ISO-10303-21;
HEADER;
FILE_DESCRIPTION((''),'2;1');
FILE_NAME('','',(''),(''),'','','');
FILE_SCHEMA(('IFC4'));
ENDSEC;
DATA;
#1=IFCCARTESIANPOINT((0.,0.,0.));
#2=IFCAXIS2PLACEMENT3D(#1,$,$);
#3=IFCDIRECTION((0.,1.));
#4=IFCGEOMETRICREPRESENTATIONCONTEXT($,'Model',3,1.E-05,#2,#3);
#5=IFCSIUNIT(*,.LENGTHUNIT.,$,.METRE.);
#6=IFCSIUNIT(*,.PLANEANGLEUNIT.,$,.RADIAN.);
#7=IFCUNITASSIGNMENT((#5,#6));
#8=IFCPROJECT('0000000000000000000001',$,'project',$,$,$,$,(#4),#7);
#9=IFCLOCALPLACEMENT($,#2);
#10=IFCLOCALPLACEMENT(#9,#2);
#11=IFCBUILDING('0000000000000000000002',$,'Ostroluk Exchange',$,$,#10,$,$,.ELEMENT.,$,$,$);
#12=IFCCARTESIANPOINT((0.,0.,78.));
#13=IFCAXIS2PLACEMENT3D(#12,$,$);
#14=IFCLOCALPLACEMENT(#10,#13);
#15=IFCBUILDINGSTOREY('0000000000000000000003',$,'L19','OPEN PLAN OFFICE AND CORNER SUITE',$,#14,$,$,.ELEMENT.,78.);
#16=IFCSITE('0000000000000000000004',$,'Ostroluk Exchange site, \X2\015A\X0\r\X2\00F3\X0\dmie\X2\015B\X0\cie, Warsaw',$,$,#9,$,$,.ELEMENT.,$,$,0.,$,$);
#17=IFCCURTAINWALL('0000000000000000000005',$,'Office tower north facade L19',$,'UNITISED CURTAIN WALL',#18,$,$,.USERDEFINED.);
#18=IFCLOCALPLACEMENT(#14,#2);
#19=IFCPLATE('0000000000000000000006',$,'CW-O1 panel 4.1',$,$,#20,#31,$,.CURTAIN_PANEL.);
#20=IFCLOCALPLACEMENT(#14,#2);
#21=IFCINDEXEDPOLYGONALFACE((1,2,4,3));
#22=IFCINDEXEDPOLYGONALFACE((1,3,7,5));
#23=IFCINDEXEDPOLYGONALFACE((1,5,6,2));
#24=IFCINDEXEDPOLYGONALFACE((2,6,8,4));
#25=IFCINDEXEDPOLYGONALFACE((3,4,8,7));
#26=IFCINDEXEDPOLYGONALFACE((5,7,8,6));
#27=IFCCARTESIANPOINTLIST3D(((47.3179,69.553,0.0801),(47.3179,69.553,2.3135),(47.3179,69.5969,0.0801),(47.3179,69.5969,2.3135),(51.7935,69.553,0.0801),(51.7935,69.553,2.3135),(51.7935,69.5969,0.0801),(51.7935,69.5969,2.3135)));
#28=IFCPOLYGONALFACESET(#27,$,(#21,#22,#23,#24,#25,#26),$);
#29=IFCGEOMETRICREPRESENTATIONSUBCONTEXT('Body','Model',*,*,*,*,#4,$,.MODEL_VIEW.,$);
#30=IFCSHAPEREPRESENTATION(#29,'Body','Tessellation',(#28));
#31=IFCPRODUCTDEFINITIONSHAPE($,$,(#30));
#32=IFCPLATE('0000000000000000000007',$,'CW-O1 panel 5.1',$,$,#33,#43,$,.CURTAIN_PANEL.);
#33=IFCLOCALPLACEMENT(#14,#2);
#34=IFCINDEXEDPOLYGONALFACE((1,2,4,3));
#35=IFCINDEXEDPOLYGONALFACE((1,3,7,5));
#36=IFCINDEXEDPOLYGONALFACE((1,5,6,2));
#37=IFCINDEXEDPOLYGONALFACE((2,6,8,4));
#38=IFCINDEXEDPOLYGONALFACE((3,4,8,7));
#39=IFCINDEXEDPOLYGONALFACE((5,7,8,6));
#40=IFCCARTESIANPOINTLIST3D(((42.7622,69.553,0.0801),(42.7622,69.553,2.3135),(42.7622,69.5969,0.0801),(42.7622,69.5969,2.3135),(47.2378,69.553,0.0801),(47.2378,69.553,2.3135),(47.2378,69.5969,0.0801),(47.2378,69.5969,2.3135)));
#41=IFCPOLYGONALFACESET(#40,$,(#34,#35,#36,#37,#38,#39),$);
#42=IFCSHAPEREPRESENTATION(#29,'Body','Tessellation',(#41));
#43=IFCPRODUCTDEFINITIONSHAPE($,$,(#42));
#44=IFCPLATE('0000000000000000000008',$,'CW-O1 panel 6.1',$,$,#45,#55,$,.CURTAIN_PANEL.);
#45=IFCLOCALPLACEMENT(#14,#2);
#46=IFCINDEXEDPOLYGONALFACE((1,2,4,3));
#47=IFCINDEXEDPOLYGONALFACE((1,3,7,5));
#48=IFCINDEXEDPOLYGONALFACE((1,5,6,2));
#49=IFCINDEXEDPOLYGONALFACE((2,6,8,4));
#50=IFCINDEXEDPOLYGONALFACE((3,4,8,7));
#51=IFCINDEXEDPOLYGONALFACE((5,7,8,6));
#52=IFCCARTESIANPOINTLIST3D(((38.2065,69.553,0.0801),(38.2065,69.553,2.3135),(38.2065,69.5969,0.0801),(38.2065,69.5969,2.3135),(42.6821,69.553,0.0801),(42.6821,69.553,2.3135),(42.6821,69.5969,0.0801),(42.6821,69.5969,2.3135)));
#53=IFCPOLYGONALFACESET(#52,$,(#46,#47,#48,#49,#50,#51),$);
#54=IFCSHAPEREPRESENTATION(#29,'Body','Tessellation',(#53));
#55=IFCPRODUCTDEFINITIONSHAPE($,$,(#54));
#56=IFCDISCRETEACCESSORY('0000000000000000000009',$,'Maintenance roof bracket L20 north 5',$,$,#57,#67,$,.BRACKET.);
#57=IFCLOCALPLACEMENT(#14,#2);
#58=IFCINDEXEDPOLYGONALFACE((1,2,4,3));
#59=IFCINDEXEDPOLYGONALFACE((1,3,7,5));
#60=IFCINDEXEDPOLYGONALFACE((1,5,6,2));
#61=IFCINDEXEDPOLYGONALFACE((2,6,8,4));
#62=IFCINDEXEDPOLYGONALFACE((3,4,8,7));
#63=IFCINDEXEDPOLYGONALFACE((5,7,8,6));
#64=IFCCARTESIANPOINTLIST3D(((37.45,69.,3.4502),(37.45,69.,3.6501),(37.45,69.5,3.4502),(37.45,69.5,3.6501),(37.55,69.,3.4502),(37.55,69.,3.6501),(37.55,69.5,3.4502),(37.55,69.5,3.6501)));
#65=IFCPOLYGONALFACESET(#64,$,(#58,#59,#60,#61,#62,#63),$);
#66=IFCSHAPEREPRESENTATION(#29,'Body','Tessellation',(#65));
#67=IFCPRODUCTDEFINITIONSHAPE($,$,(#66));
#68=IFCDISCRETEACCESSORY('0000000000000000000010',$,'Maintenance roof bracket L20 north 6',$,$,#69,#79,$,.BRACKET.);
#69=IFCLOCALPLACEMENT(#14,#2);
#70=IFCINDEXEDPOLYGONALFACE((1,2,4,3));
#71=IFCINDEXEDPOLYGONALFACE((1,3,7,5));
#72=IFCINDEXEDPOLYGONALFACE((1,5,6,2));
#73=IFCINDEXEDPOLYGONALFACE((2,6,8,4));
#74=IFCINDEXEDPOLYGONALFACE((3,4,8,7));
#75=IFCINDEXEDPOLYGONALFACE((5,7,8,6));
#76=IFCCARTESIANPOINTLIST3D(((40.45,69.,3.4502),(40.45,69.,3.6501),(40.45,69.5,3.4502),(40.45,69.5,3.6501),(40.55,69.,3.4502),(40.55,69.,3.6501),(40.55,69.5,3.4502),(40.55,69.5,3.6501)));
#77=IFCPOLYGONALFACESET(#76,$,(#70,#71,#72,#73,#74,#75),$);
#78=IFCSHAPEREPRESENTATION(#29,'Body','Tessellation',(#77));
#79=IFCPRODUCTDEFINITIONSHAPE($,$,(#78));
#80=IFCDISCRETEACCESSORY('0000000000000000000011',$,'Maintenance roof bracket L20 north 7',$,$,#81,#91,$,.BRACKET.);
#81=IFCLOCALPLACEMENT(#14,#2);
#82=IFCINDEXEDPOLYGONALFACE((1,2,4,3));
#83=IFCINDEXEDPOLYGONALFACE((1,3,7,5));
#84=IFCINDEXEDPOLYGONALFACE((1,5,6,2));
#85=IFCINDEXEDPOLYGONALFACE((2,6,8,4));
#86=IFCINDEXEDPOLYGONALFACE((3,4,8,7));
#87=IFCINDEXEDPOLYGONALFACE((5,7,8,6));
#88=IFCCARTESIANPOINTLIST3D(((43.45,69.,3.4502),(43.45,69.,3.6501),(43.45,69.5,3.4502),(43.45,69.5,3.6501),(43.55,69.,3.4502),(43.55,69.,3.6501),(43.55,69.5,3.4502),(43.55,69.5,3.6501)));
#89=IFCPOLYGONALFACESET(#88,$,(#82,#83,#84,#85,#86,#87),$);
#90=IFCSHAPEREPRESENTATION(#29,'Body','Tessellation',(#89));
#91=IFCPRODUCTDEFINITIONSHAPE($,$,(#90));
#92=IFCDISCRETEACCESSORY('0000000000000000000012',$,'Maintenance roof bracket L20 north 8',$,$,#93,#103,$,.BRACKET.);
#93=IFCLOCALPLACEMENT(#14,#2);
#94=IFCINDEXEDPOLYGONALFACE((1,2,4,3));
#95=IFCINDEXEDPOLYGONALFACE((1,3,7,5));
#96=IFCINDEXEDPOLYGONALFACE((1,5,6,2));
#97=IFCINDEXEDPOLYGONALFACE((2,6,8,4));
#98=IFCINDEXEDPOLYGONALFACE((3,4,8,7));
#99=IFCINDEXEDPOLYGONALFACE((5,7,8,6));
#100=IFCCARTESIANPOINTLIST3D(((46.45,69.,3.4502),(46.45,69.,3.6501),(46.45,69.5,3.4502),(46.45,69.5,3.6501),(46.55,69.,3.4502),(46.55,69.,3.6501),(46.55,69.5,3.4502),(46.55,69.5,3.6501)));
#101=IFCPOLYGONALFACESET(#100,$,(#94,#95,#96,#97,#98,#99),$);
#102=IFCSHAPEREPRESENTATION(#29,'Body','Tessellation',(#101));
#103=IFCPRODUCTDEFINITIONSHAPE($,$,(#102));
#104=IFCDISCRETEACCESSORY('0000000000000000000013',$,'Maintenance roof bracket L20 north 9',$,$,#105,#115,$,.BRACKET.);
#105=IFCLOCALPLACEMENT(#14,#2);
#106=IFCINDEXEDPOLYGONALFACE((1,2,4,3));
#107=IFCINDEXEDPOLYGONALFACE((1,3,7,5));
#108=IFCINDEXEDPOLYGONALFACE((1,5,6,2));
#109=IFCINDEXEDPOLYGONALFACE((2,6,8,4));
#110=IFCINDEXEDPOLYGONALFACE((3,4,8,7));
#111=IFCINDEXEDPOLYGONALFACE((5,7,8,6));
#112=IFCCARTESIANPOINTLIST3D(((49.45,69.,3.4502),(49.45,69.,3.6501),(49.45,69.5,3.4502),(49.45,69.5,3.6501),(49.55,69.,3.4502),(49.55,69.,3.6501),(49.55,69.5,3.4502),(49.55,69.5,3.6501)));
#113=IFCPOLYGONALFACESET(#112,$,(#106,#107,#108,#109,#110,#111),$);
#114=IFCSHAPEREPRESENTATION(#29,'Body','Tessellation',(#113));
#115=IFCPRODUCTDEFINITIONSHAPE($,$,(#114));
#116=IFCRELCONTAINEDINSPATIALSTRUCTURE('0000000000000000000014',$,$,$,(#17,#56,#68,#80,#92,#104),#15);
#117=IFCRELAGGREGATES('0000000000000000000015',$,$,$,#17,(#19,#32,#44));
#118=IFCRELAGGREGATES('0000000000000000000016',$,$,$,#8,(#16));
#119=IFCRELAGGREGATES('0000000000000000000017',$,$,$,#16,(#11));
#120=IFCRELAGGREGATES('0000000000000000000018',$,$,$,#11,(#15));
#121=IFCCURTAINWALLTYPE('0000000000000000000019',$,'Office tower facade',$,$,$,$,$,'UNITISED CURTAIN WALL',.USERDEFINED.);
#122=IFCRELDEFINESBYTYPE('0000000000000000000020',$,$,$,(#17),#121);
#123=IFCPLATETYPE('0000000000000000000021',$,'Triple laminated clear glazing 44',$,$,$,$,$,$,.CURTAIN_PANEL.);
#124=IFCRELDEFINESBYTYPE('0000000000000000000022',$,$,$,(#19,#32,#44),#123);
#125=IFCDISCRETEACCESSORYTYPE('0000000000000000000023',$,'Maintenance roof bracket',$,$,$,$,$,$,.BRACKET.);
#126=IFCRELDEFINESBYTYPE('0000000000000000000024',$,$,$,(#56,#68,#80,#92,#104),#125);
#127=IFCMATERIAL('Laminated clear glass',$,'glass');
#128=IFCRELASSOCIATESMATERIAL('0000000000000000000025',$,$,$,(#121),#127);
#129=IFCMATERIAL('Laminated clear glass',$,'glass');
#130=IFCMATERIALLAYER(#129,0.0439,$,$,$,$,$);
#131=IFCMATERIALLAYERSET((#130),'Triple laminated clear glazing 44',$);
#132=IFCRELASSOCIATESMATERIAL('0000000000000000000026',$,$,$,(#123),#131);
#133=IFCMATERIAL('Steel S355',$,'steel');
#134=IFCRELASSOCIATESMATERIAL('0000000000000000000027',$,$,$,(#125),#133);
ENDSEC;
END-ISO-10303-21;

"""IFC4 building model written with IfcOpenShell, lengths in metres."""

from ifc_helpers import new_model, si_unit, direction, frame, origin, origin_2d, place, context, subcontext, project, spatial, rectangle, extrude, material, layer, layer_set, type_object, element, aggregate, save


model = new_model("IFC4")

# Units and contexts
model_context = context("Model", 3, precision=1e-05, world=origin(), true_north=direction((0.0, 1.0)))
body_context = subcontext(model_context, "Body", "Model", "MODEL_VIEW")
ifc_project = project(units=[si_unit("LENGTHUNIT", "METRE"), si_unit("PLANEANGLEUNIT", "RADIAN")], contexts=[model_context])

# Site, building, storey
site_placement = place(None, origin())
site = spatial("IfcSite", under=ifc_project, at=site_placement, Name="Ostroluk Exchange site, Śródmieście, Warsaw", CompositionType="ELEMENT", RefElevation=0.0)
building_placement = place(site_placement, origin())
building = spatial("IfcBuilding", under=site, at=building_placement, Name="Ostroluk Exchange", CompositionType="ELEMENT")
storey_placement = place(building_placement, frame((0.0, 0.0, 78.0)))
storey = spatial("IfcBuildingStorey", under=building, at=storey_placement, Name="L19", Description="OPEN PLAN OFFICE AND CORNER SUITE", CompositionType="ELEMENT", Elevation=78.0)

# Curtain wall
ifc_material_1 = material(Name="Laminated clear glass", Category="glass")
curtain_wall_type = type_object("IfcCurtainWallType", Name="Office tower facade", ElementType="UNITISED CURTAIN WALL", PredefinedType="USERDEFINED", material=ifc_material_1)
curtain_wall_1_placement = place(storey_placement, origin())
curtain_wall_1 = element("IfcCurtainWall", 1, at=curtain_wall_1_placement, inside=storey, type_object=curtain_wall_type, Name="Office tower north facade L19", ObjectType="UNITISED CURTAIN WALL", PredefinedType="USERDEFINED")

# Plates
ifc_material_2 = material(Name="Laminated clear glass", Category="glass")
ifc_layer_1 = layer(ifc_material_2, 0.0439)
ifc_layer_set_1 = layer_set([ifc_layer_1], Name="Triple laminated clear glazing 44")
plate_type_1 = type_object("IfcPlateType", Name="Triple laminated clear glazing 44", PredefinedType="CURTAIN_PANEL", material=ifc_layer_set_1)
plate_1_placement = place(storey_placement, frame((49.5557, 69.575, 0.0801), z_axis=(0.0, 0.0, 1.0), x_axis=(-1.0, 0.0, 0.0)))
plate_1 = element("IfcPlate", 2, at=plate_1_placement, type_object=plate_type_1, Name="CW-O1 panel 4.1", PredefinedType="CURTAIN_PANEL", context=body_context, shape_type="SweptSolid", body=[
    extrude(rectangle(XDim=4.4756, YDim=0.0439, at=origin_2d()), origin(), (0.0, 0.0, 1.0), 2.2334),
])
plate_2_placement = place(storey_placement, frame((45.0, 69.575, 0.0801), z_axis=(0.0, 0.0, 1.0), x_axis=(-1.0, 0.0, 0.0)))
plate_2 = element("IfcPlate", 3, at=plate_2_placement, type_object=plate_type_1, Name="CW-O1 panel 5.1", PredefinedType="CURTAIN_PANEL", context=body_context, shape_type="SweptSolid", body=[
    extrude(rectangle(XDim=4.4756, YDim=0.0439, at=origin_2d()), origin(), (0.0, 0.0, 1.0), 2.2334),
])
plate_3_placement = place(storey_placement, frame((40.4443, 69.575, 0.0801), z_axis=(0.0, 0.0, 1.0), x_axis=(-1.0, 0.0, 0.0)))
plate_3 = element("IfcPlate", 4, at=plate_3_placement, type_object=plate_type_1, Name="CW-O1 panel 6.1", PredefinedType="CURTAIN_PANEL", context=body_context, shape_type="SweptSolid", body=[
    extrude(rectangle(XDim=4.4756, YDim=0.0439, at=origin_2d()), origin(), (0.0, 0.0, 1.0), 2.2334),
])
aggregate(curtain_wall_1, [plate_1, plate_2, plate_3])

# Discrete accessories
ifc_material_3 = material(Name="Steel S355", Category="steel")
discrete_accessory_type = type_object("IfcDiscreteAccessoryType", Name="Maintenance roof bracket", PredefinedType="BRACKET", material=ifc_material_3)
for number, where, z_axis, x_axis, name in (
    (5, (37.5, 69.25, 3.4502), (0.0, 0.0, 1.0), (1.0, 0.0, 0.0), "Maintenance roof bracket L20 north 5"),
    (6, (40.5, 69.25, 3.4502), (0.0, 0.0, 1.0), (1.0, 0.0, 0.0), "Maintenance roof bracket L20 north 6"),
    (7, (43.5, 69.25, 3.4502), (0.0, 0.0, 1.0), (1.0, 0.0, 0.0), "Maintenance roof bracket L20 north 7"),
    (8, (46.5, 69.25, 3.4502), (0.0, 0.0, 1.0), (1.0, 0.0, 0.0), "Maintenance roof bracket L20 north 8"),
    (9, (49.5, 69.25, 3.4502), (0.0, 0.0, 1.0), (1.0, 0.0, 0.0), "Maintenance roof bracket L20 north 9"),
):
    element("IfcDiscreteAccessory", number, at=place(storey_placement, frame(where, z_axis=z_axis, x_axis=x_axis)), inside=storey, type_object=discrete_accessory_type, Name=name, PredefinedType="BRACKET", context=body_context, shape_type="SweptSolid", body=[
        extrude(rectangle(XDim=0.1001, YDim=0.5, at=origin_2d()), origin(), (0.0, 0.0, 1.0), 0.2),
    ])

save(model, "model.ifc")
